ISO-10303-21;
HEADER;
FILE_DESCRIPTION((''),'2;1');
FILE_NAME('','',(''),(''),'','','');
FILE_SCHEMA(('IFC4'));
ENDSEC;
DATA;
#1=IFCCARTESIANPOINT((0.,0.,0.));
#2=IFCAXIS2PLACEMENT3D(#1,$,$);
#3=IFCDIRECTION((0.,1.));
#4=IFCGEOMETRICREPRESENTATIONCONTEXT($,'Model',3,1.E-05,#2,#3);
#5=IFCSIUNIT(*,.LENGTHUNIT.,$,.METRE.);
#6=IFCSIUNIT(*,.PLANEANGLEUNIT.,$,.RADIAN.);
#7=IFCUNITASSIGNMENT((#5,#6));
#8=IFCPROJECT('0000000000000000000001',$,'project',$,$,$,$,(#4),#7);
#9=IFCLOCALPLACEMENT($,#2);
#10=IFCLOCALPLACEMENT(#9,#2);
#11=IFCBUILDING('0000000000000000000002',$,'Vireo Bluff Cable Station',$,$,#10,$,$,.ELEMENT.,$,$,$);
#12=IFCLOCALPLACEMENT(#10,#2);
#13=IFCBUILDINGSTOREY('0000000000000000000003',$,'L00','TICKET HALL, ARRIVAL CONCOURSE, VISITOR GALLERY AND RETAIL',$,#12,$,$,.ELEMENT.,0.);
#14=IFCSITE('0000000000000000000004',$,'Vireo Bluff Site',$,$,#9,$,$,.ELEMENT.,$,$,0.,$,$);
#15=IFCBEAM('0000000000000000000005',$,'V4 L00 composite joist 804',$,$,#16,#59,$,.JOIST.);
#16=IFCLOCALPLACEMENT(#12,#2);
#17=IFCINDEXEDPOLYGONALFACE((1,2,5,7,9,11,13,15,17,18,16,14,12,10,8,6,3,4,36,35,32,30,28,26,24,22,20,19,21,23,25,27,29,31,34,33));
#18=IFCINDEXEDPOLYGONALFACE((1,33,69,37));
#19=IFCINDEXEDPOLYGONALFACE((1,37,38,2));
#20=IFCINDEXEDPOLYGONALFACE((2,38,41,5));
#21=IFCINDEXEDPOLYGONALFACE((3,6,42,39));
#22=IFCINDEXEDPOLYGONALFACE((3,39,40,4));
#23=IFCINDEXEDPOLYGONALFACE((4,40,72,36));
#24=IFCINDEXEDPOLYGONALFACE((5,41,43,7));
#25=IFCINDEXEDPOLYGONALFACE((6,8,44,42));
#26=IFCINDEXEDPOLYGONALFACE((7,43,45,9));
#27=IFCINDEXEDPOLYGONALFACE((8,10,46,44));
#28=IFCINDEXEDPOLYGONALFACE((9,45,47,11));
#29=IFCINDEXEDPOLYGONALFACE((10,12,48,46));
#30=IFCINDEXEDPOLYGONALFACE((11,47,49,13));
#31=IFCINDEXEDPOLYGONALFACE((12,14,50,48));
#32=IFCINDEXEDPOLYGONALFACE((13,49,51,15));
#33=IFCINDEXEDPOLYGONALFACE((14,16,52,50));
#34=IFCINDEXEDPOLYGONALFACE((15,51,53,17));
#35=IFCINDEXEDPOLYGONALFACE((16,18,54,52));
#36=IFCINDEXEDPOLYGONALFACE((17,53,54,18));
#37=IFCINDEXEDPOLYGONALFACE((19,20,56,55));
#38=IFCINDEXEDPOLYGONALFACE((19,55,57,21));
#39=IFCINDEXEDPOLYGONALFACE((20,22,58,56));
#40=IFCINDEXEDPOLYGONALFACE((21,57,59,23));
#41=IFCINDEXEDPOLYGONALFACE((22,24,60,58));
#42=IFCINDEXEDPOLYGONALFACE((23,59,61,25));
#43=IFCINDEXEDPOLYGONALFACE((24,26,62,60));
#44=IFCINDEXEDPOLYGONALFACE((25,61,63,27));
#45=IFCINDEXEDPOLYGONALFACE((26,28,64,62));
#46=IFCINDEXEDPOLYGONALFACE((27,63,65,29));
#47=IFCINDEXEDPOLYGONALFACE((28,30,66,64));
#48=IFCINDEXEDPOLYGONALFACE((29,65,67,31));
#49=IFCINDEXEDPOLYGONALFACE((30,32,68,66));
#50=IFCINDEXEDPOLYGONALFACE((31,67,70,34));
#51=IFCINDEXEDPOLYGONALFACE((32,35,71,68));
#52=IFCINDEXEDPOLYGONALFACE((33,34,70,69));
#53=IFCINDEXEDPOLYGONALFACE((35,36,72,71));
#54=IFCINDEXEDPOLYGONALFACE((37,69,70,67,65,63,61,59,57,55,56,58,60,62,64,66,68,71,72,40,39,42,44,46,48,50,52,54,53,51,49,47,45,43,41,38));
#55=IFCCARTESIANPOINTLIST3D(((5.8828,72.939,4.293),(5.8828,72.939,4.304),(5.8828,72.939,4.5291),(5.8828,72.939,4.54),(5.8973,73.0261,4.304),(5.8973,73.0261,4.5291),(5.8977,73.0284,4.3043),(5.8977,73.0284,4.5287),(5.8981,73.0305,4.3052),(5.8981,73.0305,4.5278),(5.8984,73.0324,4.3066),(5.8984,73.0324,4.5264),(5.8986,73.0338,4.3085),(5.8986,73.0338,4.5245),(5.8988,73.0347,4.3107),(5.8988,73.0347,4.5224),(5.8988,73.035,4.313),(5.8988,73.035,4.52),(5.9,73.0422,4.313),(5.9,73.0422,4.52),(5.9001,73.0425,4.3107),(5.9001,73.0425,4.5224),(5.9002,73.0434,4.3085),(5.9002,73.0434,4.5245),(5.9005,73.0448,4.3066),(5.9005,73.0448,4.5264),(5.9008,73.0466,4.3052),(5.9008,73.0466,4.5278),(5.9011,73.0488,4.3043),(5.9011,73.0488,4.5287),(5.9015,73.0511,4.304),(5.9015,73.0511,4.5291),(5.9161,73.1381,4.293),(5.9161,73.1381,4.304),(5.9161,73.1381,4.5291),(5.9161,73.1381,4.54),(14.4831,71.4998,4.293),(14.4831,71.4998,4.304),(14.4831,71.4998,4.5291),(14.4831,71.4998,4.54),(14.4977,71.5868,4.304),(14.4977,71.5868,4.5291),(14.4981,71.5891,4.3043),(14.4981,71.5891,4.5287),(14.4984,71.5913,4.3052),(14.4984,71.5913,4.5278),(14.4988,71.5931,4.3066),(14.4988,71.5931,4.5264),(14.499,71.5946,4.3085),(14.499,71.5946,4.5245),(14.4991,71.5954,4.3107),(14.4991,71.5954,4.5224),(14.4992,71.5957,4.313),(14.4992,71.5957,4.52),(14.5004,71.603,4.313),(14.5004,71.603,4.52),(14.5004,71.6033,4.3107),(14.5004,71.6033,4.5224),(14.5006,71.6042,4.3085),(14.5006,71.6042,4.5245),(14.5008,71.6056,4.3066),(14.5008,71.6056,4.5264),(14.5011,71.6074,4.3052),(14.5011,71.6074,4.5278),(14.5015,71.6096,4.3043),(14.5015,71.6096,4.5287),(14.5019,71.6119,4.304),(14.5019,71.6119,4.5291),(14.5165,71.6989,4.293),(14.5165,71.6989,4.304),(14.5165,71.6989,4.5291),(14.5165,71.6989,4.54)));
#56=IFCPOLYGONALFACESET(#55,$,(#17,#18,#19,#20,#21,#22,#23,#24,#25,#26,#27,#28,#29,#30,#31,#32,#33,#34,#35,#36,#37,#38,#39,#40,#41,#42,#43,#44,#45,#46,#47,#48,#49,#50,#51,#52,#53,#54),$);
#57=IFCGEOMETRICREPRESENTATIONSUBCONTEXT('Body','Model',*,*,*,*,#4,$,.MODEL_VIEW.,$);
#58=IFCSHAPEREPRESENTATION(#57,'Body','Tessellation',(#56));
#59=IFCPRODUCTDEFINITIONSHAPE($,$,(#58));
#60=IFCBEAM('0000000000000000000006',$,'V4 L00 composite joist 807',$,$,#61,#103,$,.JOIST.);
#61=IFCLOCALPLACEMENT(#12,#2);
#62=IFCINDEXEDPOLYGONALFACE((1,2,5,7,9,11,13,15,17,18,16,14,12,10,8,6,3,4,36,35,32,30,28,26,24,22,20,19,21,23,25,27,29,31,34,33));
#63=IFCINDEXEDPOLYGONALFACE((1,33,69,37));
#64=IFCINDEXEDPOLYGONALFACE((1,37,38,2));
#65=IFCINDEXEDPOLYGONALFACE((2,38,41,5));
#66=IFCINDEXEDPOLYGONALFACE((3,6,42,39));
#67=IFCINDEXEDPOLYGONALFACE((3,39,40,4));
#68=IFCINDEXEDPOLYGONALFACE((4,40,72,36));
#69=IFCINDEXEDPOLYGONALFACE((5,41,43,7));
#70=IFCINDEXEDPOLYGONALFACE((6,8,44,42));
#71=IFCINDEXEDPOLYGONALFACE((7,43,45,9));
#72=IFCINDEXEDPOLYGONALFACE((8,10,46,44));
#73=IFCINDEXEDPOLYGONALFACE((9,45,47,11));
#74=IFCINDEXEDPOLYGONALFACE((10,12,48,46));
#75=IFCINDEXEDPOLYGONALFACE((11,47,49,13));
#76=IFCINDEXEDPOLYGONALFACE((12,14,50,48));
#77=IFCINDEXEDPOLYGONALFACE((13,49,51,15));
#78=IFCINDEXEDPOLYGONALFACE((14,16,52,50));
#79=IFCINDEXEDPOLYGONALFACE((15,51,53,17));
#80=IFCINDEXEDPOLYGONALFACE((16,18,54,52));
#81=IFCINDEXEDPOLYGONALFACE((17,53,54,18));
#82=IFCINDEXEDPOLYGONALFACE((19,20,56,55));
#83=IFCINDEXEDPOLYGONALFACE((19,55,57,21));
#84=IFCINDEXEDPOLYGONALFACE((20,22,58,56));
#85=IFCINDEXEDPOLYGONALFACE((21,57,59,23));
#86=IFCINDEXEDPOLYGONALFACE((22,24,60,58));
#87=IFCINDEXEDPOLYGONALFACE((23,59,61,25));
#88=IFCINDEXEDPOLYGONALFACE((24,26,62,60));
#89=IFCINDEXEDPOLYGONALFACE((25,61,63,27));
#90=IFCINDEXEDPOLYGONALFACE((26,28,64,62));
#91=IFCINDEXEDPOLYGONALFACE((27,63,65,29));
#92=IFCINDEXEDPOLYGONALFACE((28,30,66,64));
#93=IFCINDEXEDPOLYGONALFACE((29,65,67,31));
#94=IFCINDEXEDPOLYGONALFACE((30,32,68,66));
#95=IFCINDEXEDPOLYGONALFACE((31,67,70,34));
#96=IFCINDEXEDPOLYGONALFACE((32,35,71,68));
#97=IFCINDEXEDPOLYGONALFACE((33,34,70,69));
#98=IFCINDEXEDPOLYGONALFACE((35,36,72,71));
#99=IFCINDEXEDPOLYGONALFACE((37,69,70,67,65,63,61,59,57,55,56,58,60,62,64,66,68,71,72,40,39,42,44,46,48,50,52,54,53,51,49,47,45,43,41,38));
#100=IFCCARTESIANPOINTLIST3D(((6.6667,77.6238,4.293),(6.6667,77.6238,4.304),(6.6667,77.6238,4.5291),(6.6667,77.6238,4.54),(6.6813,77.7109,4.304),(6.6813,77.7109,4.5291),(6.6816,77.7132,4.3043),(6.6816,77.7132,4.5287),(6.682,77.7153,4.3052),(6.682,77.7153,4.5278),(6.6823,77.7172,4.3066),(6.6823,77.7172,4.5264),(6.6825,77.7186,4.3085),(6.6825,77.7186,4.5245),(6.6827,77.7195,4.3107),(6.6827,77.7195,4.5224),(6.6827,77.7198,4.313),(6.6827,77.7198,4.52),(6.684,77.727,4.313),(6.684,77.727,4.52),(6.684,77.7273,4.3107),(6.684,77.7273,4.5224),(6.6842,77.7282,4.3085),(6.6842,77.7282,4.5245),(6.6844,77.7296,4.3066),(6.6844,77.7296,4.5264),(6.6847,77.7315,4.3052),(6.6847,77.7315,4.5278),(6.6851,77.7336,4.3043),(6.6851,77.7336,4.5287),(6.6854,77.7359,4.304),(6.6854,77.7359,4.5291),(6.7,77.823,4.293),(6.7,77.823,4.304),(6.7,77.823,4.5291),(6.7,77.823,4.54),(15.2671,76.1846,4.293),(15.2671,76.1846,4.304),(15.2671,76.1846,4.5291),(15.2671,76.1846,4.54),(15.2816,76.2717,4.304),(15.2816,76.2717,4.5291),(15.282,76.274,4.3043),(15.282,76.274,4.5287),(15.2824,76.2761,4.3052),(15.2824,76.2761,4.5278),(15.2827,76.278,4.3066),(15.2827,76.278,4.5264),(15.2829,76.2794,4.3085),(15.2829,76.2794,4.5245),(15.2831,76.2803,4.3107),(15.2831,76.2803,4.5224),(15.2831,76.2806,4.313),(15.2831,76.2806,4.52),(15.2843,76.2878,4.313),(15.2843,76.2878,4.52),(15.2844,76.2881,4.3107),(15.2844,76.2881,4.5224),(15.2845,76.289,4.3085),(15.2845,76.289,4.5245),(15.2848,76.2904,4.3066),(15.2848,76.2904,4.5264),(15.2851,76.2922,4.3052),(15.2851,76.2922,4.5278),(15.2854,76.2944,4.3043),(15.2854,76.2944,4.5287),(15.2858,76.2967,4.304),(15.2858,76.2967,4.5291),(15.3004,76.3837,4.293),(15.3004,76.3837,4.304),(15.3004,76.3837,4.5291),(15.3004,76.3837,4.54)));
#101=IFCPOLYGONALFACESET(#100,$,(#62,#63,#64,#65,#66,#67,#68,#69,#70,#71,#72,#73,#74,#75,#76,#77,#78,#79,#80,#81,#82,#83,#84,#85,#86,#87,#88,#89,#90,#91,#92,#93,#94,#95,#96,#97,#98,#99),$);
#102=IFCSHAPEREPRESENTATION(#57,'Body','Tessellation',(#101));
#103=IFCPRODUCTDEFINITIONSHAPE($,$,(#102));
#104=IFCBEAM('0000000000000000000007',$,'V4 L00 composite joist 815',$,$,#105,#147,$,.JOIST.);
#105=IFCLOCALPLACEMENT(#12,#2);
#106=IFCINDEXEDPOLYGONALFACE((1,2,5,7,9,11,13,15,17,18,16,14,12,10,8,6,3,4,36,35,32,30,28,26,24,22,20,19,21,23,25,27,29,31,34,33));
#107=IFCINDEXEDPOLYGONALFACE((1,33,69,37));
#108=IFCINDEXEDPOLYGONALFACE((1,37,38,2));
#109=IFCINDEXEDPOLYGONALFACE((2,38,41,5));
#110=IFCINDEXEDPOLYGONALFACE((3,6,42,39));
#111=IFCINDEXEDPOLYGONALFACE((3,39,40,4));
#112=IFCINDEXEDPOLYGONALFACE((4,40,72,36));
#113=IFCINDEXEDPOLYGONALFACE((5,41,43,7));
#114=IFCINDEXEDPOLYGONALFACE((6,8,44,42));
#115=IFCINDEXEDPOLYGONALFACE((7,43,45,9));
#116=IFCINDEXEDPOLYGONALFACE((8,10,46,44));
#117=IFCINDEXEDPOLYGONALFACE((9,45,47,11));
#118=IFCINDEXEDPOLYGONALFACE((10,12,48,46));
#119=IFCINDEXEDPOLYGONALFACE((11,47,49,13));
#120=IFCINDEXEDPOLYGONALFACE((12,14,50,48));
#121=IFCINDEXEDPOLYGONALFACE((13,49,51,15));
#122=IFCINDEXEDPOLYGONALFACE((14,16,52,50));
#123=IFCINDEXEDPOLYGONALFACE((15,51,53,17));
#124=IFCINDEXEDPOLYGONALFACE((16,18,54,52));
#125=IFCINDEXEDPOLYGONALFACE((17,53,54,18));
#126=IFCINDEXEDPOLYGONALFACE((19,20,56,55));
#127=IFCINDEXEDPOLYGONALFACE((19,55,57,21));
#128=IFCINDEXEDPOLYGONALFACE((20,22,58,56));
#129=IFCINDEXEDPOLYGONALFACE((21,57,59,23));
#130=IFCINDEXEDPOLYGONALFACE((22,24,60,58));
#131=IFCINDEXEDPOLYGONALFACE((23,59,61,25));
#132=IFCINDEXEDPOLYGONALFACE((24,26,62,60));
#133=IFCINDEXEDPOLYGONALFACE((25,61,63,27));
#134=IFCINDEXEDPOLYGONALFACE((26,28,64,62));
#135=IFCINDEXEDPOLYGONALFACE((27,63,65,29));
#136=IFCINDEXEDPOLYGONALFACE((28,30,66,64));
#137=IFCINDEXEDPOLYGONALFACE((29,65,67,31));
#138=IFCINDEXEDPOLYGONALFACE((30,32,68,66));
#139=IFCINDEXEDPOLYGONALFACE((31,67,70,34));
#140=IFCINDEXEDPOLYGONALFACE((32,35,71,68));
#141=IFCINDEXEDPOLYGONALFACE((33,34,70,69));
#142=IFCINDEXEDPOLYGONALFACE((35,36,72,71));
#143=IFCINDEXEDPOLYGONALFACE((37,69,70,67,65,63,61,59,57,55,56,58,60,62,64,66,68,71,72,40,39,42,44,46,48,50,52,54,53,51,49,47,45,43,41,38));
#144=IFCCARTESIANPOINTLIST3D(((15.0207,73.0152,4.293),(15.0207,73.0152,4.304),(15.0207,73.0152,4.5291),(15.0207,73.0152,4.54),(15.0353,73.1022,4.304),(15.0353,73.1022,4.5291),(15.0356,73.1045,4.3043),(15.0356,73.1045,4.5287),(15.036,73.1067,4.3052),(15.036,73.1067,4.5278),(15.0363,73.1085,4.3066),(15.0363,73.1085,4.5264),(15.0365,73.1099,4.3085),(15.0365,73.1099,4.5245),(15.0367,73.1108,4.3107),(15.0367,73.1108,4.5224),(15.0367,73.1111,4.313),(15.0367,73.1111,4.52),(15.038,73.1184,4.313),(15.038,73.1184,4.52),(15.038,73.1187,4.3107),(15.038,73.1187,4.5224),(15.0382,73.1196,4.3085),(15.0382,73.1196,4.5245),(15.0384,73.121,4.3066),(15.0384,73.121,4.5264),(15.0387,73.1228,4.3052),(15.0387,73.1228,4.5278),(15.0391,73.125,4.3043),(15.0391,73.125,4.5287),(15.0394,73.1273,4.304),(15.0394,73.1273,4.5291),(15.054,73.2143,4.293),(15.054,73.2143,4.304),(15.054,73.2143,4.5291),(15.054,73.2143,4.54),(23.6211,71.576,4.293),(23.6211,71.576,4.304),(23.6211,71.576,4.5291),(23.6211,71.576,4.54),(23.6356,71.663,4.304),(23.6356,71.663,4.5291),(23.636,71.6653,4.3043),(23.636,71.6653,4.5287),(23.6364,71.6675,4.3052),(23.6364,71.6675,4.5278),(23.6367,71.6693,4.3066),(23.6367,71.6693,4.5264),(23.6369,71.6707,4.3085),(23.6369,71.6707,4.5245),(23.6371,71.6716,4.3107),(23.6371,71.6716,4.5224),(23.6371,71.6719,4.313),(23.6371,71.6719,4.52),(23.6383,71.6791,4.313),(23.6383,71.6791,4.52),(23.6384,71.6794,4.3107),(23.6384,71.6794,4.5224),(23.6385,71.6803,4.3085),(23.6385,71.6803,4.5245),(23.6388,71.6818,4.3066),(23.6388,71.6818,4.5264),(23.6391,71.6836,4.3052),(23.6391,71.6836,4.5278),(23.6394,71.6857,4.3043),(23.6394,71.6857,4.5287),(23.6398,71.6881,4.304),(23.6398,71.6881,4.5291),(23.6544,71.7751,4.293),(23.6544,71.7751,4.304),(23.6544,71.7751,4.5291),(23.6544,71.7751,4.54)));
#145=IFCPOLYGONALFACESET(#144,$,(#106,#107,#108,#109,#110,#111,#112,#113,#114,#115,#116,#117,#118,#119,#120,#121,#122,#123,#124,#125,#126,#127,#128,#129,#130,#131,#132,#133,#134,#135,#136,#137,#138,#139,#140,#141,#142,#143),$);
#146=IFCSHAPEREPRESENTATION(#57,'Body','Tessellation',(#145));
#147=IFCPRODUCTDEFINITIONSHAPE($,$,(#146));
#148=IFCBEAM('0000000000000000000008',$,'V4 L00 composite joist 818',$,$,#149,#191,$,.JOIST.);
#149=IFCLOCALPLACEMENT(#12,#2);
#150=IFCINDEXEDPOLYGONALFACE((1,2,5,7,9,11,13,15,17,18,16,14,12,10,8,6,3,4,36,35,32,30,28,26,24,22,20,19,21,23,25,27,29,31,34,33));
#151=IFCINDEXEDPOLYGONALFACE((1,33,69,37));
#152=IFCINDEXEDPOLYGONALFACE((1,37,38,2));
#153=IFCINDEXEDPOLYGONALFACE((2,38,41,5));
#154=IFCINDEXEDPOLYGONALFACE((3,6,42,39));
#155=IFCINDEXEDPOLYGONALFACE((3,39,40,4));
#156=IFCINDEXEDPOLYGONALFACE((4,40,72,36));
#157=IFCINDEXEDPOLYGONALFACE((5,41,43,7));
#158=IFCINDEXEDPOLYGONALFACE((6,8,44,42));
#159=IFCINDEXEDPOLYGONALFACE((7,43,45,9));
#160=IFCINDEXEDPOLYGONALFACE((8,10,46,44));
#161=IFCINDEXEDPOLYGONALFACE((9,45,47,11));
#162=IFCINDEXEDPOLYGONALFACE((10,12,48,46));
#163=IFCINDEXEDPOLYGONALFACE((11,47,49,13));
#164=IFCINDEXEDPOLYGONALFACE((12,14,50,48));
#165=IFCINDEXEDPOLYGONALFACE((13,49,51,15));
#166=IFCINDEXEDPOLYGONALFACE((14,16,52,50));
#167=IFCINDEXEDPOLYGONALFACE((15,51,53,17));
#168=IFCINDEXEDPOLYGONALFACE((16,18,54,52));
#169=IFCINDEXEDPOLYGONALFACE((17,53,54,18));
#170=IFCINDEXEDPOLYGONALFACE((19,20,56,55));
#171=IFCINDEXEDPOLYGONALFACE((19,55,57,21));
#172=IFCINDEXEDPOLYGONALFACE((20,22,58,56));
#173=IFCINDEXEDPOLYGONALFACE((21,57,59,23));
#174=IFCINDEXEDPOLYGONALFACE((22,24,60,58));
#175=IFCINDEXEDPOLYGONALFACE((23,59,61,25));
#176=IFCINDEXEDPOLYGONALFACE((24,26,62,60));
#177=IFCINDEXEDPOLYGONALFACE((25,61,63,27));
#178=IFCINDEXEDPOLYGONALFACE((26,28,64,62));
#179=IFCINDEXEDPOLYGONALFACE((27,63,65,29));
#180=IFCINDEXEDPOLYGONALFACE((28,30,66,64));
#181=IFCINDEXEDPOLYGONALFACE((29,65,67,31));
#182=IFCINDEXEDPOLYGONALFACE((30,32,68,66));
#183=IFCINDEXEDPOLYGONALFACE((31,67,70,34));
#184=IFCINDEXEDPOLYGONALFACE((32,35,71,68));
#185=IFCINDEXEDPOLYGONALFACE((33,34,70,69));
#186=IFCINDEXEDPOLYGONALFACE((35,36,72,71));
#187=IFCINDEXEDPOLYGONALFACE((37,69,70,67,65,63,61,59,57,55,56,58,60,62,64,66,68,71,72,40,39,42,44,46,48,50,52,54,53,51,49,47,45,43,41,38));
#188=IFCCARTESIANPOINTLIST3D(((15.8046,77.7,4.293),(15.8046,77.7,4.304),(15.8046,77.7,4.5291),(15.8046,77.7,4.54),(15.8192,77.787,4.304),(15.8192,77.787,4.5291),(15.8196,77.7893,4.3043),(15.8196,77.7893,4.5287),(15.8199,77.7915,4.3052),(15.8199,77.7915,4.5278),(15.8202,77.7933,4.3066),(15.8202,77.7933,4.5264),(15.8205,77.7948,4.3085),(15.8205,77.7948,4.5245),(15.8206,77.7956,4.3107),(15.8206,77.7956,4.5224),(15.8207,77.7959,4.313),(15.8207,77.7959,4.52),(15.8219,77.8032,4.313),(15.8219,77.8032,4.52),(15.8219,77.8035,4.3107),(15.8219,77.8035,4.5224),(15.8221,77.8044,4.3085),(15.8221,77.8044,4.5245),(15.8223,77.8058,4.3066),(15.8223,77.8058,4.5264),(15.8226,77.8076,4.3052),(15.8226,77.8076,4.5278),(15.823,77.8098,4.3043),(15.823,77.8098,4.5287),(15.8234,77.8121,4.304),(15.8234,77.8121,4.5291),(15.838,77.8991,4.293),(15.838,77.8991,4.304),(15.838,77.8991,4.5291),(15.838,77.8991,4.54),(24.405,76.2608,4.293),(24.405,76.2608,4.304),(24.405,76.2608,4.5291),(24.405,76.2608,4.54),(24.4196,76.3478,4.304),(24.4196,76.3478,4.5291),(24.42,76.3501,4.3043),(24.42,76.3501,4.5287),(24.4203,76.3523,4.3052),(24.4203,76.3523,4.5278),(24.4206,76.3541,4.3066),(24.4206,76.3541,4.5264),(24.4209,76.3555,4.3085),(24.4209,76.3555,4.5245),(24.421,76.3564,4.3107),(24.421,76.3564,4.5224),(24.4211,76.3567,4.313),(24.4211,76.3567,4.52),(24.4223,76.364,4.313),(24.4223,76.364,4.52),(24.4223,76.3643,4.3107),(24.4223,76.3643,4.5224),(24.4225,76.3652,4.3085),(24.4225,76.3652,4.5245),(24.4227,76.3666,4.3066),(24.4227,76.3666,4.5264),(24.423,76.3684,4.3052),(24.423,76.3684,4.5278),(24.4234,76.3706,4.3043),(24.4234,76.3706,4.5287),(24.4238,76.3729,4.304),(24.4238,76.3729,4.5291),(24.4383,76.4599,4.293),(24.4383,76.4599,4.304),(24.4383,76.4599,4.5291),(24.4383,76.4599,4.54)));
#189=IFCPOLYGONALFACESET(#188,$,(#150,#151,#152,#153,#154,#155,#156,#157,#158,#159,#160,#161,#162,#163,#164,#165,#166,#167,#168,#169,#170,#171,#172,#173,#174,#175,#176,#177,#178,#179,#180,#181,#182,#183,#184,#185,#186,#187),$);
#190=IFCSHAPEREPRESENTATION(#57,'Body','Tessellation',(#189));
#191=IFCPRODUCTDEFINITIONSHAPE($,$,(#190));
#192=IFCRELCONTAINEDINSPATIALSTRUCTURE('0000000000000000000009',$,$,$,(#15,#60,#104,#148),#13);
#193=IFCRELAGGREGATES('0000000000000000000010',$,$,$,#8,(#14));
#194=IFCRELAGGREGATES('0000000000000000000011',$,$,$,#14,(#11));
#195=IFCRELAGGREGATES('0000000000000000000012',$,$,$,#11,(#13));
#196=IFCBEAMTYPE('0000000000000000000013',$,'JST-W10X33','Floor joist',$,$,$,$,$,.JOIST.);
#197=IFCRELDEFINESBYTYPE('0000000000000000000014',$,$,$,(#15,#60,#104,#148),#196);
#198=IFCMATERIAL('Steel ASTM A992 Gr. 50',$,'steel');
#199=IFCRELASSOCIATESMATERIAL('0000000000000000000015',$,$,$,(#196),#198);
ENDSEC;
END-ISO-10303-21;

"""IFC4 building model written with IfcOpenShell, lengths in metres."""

from ifc_helpers import new_model, si_unit, direction, frame, origin, origin_2d, place, context, subcontext, project, spatial, i_section, extrude, material, material_profile, profile_set, type_object, element, save


model = new_model("IFC4")

# Units and contexts
model_context = context("Model", 3, precision=1e-05, world=origin(), true_north=direction((0.0, 1.0)))
body_context = subcontext(model_context, "Body", "Model", "MODEL_VIEW")
ifc_project = project(units=[si_unit("LENGTHUNIT", "METRE"), si_unit("PLANEANGLEUNIT", "RADIAN")], contexts=[model_context])

# Site, building, storey
site_placement = place(None, origin())
site = spatial("IfcSite", under=ifc_project, at=site_placement, Name="Vireo Bluff Site", CompositionType="ELEMENT", RefElevation=0.0)
building_placement = place(site_placement, origin())
building = spatial("IfcBuilding", under=site, at=building_placement, Name="Vireo Bluff Cable Station", CompositionType="ELEMENT")
storey_placement = place(building_placement, origin())
storey = spatial("IfcBuildingStorey", under=building, at=storey_placement, Name="L00", Description="TICKET HALL, ARRIVAL CONCOURSE, VISITOR GALLERY AND RETAIL", CompositionType="ELEMENT", Elevation=0.0)

# Shared definitions
ifc_material_1 = material(Name="Steel ASTM A992 Gr. 50", Category="steel")

# Beams
ifc_material_profile_1 = material_profile(ifc_material_1, i_section(OverallWidth=0.2019, OverallDepth=0.2471, WebThickness=0.0073, FlangeThickness=0.011, FilletRadius=0.009, at=origin_2d()), Name="W10X33")
ifc_profile_set_1 = profile_set([ifc_material_profile_1], Name="Steel ASTM A992 Gr. 50")
beam_type_1 = type_object("IfcBeamType", Name="JST-W10X33", Description="Floor joist", PredefinedType="JOIST", material=ifc_profile_set_1)
for number, where, z_axis, x_axis, name in (
    (1, (5.8994, 73.0386, 4.4165), (0.986286, -0.165048, 0.0), (0.165048, 0.986286, 0.0), "V4 L00 composite joist 804"),
    (2, (6.6833, 77.7234, 4.4165), (0.986286, -0.165048, 0.0), (0.165048, 0.986286, 0.0), "V4 L00 composite joist 807"),
    (3, (15.0374, 73.1147, 4.4165), (0.986286, -0.165048, 0.0), (0.165048, 0.986286, 0.0), "V4 L00 composite joist 815"),
    (4, (15.8213, 77.7996, 4.4165), (0.986286, -0.165048, 0.0), (0.165048, 0.986286, 0.0), "V4 L00 composite joist 818"),
):
    element("IfcBeam", number, at=place(storey_placement, frame(where, z_axis=z_axis, x_axis=x_axis)), inside=storey, type_object=beam_type_1, Name=name, PredefinedType="JOIST", context=body_context, shape_type="SweptSolid", body=[
        extrude(i_section(OverallWidth=0.2019, OverallDepth=0.2471, WebThickness=0.0073, FlangeThickness=0.011, FilletRadius=0.009, at=origin_2d()), origin(), (0.0, 0.0, 1.0), 8.72),
    ])

save(model, "model.ifc")
